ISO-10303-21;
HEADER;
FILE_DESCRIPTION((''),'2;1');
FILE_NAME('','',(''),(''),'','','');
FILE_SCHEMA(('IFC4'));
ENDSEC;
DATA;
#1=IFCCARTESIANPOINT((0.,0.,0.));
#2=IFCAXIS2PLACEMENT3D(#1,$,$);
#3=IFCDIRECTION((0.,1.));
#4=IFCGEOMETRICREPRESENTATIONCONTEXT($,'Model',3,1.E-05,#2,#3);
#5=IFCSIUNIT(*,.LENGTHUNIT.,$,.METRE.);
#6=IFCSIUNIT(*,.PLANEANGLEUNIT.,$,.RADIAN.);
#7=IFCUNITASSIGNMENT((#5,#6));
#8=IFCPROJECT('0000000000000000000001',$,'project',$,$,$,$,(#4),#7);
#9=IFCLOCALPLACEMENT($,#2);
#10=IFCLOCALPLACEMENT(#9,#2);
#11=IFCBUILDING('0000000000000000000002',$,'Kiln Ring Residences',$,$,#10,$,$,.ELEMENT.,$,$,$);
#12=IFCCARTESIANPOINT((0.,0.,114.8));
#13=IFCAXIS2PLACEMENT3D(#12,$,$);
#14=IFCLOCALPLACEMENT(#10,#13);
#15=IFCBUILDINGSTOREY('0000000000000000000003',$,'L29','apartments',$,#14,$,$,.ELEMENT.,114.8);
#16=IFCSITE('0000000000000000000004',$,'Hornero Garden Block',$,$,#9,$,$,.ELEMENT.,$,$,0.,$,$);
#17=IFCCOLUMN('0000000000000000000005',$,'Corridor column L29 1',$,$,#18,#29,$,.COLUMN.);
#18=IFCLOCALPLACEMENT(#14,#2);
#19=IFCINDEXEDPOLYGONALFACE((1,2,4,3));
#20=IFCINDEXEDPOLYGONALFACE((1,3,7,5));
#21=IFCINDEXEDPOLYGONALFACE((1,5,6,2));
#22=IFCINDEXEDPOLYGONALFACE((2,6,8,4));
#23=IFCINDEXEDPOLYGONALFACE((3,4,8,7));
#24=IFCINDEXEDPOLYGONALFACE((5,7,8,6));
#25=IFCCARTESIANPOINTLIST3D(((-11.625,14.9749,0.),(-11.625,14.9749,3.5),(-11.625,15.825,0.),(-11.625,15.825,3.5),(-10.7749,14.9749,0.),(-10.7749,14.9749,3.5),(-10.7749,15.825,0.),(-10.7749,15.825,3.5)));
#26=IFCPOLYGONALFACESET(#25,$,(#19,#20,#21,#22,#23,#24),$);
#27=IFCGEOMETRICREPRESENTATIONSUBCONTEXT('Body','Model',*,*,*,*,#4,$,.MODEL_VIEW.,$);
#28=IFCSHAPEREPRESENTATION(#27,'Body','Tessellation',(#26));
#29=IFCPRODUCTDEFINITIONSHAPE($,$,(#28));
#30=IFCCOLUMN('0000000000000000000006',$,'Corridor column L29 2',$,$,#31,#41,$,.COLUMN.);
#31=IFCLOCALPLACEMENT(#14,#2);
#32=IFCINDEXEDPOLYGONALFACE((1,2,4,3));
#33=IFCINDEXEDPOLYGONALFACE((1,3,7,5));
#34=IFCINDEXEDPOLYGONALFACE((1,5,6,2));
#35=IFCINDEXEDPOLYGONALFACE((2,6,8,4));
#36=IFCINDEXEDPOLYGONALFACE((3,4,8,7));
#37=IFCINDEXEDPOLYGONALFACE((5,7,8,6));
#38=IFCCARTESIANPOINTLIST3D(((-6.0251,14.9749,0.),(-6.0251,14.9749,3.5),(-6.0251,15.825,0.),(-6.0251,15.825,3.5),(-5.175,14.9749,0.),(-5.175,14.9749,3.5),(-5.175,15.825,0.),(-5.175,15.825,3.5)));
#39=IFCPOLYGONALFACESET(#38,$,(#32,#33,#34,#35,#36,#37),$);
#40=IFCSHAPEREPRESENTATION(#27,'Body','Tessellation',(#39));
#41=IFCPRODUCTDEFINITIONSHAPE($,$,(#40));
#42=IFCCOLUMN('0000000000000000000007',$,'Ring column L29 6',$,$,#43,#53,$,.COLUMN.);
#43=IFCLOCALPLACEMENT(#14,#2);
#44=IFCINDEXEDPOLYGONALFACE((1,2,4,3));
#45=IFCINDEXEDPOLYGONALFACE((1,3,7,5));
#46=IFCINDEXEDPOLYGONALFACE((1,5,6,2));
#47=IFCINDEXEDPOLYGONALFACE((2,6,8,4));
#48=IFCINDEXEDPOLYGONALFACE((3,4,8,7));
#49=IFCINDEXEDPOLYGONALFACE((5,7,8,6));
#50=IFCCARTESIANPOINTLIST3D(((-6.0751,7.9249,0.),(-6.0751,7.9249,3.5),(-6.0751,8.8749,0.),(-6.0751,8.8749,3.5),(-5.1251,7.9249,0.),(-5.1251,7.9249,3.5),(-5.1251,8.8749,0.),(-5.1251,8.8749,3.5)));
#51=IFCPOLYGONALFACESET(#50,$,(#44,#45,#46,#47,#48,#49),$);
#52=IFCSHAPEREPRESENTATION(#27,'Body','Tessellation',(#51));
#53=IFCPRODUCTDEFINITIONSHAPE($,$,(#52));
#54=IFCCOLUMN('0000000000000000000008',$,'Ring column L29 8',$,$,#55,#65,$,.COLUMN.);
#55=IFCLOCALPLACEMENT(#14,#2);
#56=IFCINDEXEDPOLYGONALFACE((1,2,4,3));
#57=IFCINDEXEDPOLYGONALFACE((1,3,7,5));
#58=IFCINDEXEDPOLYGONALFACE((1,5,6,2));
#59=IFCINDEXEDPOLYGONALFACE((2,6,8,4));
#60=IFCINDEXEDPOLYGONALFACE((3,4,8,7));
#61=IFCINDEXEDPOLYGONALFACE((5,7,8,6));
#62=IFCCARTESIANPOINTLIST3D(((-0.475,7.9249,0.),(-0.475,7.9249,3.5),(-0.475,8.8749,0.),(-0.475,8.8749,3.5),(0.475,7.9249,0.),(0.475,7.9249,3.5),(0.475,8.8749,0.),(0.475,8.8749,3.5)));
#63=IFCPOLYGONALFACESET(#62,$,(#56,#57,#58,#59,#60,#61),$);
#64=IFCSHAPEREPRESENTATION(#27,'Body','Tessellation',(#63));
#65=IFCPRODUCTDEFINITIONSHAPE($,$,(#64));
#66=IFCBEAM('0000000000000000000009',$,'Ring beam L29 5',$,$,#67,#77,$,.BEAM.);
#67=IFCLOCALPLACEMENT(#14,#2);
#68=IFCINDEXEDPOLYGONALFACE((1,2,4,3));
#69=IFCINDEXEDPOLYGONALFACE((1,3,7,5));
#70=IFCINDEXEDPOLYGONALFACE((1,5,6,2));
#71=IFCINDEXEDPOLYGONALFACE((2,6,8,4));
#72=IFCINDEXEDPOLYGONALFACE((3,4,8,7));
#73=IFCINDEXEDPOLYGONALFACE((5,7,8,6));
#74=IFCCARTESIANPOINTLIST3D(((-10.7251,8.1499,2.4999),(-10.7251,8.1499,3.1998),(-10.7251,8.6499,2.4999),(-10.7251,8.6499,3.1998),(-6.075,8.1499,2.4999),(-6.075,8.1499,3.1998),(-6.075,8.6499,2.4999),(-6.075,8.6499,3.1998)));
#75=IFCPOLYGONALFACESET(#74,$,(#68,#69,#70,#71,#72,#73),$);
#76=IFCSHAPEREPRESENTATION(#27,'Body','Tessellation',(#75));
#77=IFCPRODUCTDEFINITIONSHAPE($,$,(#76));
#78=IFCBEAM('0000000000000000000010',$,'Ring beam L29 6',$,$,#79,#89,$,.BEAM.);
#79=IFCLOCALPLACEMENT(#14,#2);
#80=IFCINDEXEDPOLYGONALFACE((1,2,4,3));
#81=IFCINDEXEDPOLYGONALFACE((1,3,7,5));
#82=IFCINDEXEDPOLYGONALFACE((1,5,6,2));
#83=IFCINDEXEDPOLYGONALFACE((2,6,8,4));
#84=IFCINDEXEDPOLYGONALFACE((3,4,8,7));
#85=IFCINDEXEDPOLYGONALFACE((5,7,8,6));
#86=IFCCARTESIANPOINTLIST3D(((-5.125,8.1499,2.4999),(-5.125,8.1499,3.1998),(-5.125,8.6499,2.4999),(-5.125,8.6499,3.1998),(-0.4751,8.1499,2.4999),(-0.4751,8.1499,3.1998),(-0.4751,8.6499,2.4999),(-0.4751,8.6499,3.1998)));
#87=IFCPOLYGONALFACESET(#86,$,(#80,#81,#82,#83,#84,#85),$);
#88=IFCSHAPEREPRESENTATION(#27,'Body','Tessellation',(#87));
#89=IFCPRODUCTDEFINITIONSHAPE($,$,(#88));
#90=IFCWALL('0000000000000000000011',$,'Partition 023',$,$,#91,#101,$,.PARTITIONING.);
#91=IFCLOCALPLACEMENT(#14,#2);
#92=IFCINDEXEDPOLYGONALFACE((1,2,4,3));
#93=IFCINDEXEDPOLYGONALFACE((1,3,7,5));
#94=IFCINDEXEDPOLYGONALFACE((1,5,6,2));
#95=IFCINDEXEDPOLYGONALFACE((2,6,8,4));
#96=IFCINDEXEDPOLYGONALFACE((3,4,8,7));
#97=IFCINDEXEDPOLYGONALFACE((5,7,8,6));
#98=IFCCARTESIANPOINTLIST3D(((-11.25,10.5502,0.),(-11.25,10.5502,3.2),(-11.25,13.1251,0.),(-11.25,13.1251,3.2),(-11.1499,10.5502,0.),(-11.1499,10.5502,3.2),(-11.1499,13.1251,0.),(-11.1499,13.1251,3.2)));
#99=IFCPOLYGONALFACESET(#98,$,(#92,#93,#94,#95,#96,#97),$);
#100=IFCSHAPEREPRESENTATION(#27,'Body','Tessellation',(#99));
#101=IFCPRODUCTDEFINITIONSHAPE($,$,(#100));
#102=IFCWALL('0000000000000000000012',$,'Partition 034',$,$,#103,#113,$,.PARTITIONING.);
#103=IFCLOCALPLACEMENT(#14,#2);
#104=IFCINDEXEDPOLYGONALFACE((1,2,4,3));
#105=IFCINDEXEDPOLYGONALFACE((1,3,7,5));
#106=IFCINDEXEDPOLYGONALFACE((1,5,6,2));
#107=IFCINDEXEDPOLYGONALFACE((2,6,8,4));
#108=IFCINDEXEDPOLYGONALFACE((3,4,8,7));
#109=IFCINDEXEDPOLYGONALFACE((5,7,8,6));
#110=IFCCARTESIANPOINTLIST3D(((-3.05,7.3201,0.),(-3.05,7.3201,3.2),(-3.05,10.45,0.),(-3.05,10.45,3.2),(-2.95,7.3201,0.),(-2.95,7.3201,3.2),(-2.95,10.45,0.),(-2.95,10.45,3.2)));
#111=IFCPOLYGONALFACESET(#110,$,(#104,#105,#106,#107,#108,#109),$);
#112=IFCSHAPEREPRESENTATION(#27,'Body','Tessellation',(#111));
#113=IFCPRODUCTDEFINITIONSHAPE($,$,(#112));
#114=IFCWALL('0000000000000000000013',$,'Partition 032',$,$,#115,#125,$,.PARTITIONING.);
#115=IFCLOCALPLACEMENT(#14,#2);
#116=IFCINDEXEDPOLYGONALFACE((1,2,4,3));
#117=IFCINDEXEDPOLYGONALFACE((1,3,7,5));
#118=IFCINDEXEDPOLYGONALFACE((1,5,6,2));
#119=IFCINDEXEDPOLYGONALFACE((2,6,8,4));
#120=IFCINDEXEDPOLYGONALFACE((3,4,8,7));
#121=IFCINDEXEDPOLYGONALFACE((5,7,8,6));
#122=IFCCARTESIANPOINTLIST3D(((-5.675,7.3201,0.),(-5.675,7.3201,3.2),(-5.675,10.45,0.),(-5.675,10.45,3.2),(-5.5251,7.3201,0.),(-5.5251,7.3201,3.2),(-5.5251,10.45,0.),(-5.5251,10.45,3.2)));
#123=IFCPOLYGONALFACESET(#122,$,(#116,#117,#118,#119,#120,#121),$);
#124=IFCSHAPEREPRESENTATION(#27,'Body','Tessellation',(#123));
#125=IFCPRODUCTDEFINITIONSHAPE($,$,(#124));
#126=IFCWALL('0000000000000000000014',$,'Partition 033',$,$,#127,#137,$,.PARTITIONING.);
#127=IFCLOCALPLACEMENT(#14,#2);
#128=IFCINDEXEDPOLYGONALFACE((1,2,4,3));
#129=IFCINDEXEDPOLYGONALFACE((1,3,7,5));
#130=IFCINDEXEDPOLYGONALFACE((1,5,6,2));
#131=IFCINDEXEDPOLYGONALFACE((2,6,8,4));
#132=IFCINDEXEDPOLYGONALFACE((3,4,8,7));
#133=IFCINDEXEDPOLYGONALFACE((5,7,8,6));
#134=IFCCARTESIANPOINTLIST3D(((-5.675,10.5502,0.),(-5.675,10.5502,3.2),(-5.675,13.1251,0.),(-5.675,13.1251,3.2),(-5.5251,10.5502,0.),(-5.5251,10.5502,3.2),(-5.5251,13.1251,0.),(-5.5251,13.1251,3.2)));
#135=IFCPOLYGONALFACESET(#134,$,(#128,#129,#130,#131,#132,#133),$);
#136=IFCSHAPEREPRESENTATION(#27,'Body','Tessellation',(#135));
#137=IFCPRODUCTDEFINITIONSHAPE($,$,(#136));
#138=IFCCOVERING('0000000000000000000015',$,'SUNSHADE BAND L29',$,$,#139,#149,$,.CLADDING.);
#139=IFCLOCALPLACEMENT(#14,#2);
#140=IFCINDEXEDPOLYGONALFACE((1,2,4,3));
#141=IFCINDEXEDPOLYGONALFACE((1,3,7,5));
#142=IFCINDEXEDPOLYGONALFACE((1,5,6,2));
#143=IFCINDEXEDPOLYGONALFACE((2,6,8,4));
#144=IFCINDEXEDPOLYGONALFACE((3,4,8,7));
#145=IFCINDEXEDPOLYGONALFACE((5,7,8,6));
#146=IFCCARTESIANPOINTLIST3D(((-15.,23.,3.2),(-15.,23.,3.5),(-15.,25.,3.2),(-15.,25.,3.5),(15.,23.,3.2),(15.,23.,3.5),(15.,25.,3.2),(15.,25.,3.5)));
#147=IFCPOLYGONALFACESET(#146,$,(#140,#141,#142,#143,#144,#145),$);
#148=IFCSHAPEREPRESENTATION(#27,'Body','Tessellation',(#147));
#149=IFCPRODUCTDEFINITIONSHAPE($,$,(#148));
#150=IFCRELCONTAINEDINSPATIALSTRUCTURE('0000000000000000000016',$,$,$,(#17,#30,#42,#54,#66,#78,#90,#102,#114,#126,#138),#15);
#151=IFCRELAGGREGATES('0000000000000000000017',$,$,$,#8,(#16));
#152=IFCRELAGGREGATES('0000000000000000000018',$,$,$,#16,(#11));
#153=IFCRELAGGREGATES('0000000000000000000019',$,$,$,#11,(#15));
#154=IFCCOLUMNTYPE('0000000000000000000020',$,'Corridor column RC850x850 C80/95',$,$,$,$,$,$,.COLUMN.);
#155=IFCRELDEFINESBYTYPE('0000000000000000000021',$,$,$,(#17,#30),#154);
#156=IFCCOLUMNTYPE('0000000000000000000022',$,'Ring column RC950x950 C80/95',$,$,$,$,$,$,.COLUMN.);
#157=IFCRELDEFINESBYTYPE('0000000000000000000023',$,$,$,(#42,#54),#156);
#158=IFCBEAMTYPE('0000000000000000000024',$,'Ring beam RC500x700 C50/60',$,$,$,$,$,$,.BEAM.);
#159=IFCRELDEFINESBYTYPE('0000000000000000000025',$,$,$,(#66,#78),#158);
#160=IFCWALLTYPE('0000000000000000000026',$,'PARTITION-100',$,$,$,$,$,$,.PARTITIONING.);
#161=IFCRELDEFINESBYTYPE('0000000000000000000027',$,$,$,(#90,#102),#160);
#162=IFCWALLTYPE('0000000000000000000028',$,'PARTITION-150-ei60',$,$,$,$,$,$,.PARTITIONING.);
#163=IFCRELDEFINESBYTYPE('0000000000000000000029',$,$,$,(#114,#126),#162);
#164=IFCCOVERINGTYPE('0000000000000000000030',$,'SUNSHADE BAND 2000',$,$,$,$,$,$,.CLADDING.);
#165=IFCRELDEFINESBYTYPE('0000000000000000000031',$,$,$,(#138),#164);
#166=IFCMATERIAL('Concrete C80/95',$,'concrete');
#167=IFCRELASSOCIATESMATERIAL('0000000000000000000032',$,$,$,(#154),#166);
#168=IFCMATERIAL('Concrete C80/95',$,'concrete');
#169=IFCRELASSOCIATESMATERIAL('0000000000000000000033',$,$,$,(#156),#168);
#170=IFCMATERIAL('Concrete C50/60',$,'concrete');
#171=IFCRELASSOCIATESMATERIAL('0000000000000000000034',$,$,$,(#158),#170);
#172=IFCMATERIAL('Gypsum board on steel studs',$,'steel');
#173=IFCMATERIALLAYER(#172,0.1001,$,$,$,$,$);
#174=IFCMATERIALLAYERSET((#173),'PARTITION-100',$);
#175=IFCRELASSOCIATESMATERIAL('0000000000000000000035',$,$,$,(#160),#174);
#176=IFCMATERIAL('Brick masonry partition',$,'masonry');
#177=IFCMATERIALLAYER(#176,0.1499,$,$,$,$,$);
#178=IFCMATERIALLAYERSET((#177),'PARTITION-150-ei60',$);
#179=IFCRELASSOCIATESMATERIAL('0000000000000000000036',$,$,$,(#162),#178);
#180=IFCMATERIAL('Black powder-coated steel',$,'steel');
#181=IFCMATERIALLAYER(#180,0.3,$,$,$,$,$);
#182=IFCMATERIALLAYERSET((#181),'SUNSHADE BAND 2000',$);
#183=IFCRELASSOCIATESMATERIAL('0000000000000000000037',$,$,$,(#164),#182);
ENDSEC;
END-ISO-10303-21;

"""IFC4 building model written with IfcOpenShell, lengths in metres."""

from ifc_helpers import new_model, si_unit, direction, frame, frame_2d, origin, origin_2d, place, context, subcontext, project, spatial, polyline, rectangle, outline, extrude, material, layer, layer_set, material_profile, profile_set, type_object, element, save


model = new_model("IFC4")

# Units and contexts
model_context = context("Model", 3, precision=1e-05, world=origin(), true_north=direction((0.0, 1.0)))
body_context = subcontext(model_context, "Body", "Model", "MODEL_VIEW")
ifc_project = project(units=[si_unit("LENGTHUNIT", "METRE"), si_unit("PLANEANGLEUNIT", "RADIAN")], contexts=[model_context])

# Site, building, storey
site_placement = place(None, origin())
site = spatial("IfcSite", under=ifc_project, at=site_placement, Name="Hornero Garden Block", CompositionType="ELEMENT", RefElevation=0.0)
building_placement = place(site_placement, origin())
building = spatial("IfcBuilding", under=site, at=building_placement, Name="Kiln Ring Residences", CompositionType="ELEMENT")
storey_placement = place(building_placement, frame((0.0, 0.0, 114.8)))
storey = spatial("IfcBuildingStorey", under=building, at=storey_placement, Name="L29", Description="apartments", CompositionType="ELEMENT", Elevation=114.8)

# Columns
ifc_material_1 = material(Name="Concrete C80/95", Category="concrete")
ifc_material_profile_1 = material_profile(ifc_material_1, rectangle(XDim=0.8501, YDim=0.8501, at=origin_2d()), Name="RC850x850")
ifc_profile_set_1 = profile_set([ifc_material_profile_1], Name="Concrete C80/95")
column_type_1 = type_object("IfcColumnType", Name="Corridor column RC850x850 C80/95", PredefinedType="COLUMN", material=ifc_profile_set_1)
for number, where, z_axis, x_axis, name in (
    (1, (-11.2, 15.3999, 0.0), (0.0, 0.0, 1.0), (1.0, 0.0, 0.0), "Corridor column L29 1"),
    (2, (-5.6001, 15.3999, 0.0), (0.0, 0.0, 1.0), (1.0, 0.0, 0.0), "Corridor column L29 2"),
):
    element("IfcColumn", number, at=place(storey_placement, frame(where, z_axis=z_axis, x_axis=x_axis)), inside=storey, type_object=column_type_1, Name=name, PredefinedType="COLUMN", context=body_context, shape_type="SweptSolid", body=[
        extrude(rectangle(XDim=0.8501, YDim=0.8501, at=origin_2d()), origin(), (0.0, 0.0, 1.0), 3.5),
    ])
ifc_material_2 = material(Name="Concrete C80/95", Category="concrete")
ifc_material_profile_2 = material_profile(ifc_material_2, rectangle(XDim=0.95, YDim=0.95, at=origin_2d()), Name="RC950x950")
ifc_profile_set_2 = profile_set([ifc_material_profile_2], Name="Concrete C80/95")
column_type_2 = type_object("IfcColumnType", Name="Ring column RC950x950 C80/95", PredefinedType="COLUMN", material=ifc_profile_set_2)
for number, where, z_axis, x_axis, name in (
    (3, (-5.6001, 8.3999, 0.0), (0.0, 0.0, 1.0), (1.0, 0.0, 0.0), "Ring column L29 6"),
    (4, (0.0, 8.3999, 0.0), (0.0, 0.0, 1.0), (1.0, 0.0, 0.0), "Ring column L29 8"),
):
    element("IfcColumn", number, at=place(storey_placement, frame(where, z_axis=z_axis, x_axis=x_axis)), inside=storey, type_object=column_type_2, Name=name, PredefinedType="COLUMN", context=body_context, shape_type="SweptSolid", body=[
        extrude(rectangle(XDim=0.95, YDim=0.95, at=origin_2d()), origin(), (0.0, 0.0, 1.0), 3.5),
    ])

# Beams
ifc_material_3 = material(Name="Concrete C50/60", Category="concrete")
ifc_material_profile_3 = material_profile(ifc_material_3, rectangle(XDim=0.5, YDim=0.7, at=origin_2d()), Name="RC500x700")
ifc_profile_set_3 = profile_set([ifc_material_profile_3], Name="Concrete C50/60")
beam_type = type_object("IfcBeamType", Name="Ring beam RC500x700 C50/60", PredefinedType="BEAM", material=ifc_profile_set_3)
beam_1_placement = place(storey_placement, frame((-10.7251, 8.3999, 2.8499), z_axis=(1.0, 0.0, 0.0), x_axis=(0.0, 1.0, 0.0)))
element("IfcBeam", 5, at=beam_1_placement, inside=storey, type_object=beam_type, Name="Ring beam L29 5", PredefinedType="BEAM", context=body_context, shape_type="SweptSolid", body=[
    extrude(rectangle(XDim=0.5, YDim=0.7, at=origin_2d()), origin(), (0.0, 0.0, 1.0), 4.6501),
])
beam_2_placement = place(storey_placement, frame((-5.125, 8.3999, 2.8499), z_axis=(1.0, 0.0, 0.0), x_axis=(0.0, 1.0, 0.0)))
element("IfcBeam", 6, at=beam_2_placement, inside=storey, type_object=beam_type, Name="Ring beam L29 6", PredefinedType="BEAM", context=body_context, shape_type="SweptSolid", body=[
    extrude(rectangle(XDim=0.5, YDim=0.7, at=origin_2d()), origin(), (0.0, 0.0, 1.0), 4.6499),
])

# Walls
ifc_material_4 = material(Name="Gypsum board on steel studs", Category="steel")
ifc_layer_1 = layer(ifc_material_4, 0.1001)
ifc_layer_set_1 = layer_set([ifc_layer_1], Name="PARTITION-100")
wall_type_1 = type_object("IfcWallType", Name="PARTITION-100", PredefinedType="PARTITIONING", material=ifc_layer_set_1)
wall_1_placement = place(storey_placement, frame((-11.2, 10.55, 0.0), z_axis=(0.0, 0.0, 1.0), x_axis=(0.0, 1.0, 0.0)))
element("IfcWall", 7, at=wall_1_placement, inside=storey, type_object=wall_type_1, Name="Partition 023", PredefinedType="PARTITIONING", context=body_context, shape_type="SweptSolid", body=[
    extrude(rectangle(XDim=2.575, YDim=0.1001, at=frame_2d((1.2876, 0.0))), origin(), (0.0, 0.0, 1.0), 3.2),
])
wall_2_placement = place(storey_placement, frame((-3.0, 7.3201, 0.0), z_axis=(0.0, 0.0, 1.0), x_axis=(0.0, 1.0, 0.0)))
element("IfcWall", 8, at=wall_2_placement, inside=storey, type_object=wall_type_1, Name="Partition 034", PredefinedType="PARTITIONING", context=body_context, shape_type="SweptSolid", body=[
    extrude(rectangle(XDim=3.1299, YDim=0.1001, at=frame_2d((1.5649, 0.0))), origin(), (0.0, 0.0, 1.0), 3.2),
])
ifc_material_5 = material(Name="Brick masonry partition", Category="masonry")
ifc_layer_2 = layer(ifc_material_5, 0.1499)
ifc_layer_set_2 = layer_set([ifc_layer_2], Name="PARTITION-150-ei60")
wall_type_2 = type_object("IfcWallType", Name="PARTITION-150-ei60", PredefinedType="PARTITIONING", material=ifc_layer_set_2)
wall_3_placement = place(storey_placement, frame((-5.6001, 7.3201, 0.0), z_axis=(0.0, 0.0, 1.0), x_axis=(0.0, 1.0, 0.0)))
element("IfcWall", 9, at=wall_3_placement, inside=storey, type_object=wall_type_2, Name="Partition 032", PredefinedType="PARTITIONING", context=body_context, shape_type="SweptSolid", body=[
    extrude(rectangle(XDim=3.1299, YDim=0.1499, at=frame_2d((1.5649, 0.0))), origin(), (0.0, 0.0, 1.0), 3.2),
])
wall_4_placement = place(storey_placement, frame((-5.6001, 10.55, 0.0), z_axis=(0.0, 0.0, 1.0), x_axis=(0.0, 1.0, 0.0)))
element("IfcWall", 10, at=wall_4_placement, inside=storey, type_object=wall_type_2, Name="Partition 033", PredefinedType="PARTITIONING", context=body_context, shape_type="SweptSolid", body=[
    extrude(rectangle(XDim=2.575, YDim=0.1499, at=frame_2d((1.2876, 0.0))), origin(), (0.0, 0.0, 1.0), 3.2),
])

# Covering
ifc_material_6 = material(Name="Black powder-coated steel", Category="steel")
ifc_layer_3 = layer(ifc_material_6, 0.3)
ifc_layer_set_3 = layer_set([ifc_layer_3], Name="SUNSHADE BAND 2000")
covering_type = type_object("IfcCoveringType", Name="SUNSHADE BAND 2000", PredefinedType="CLADDING", material=ifc_layer_set_3)
covering_placement = place(storey_placement, frame((0.0, 0.0, 3.2)))
element("IfcCovering", 11, at=covering_placement, inside=storey, type_object=covering_type, Name="SUNSHADE BAND L29", PredefinedType="CLADDING", context=body_context, shape_type="SweptSolid", body=[
    extrude(outline(polyline([(15.0, 25.0), (-15.0, 25.0), (-15.0, 23.0), (15.0, 23.0), (15.0, 25.0)])), origin(), (0.0, 0.0, 1.0), 0.3),
])

save(model, "model.ifc")
